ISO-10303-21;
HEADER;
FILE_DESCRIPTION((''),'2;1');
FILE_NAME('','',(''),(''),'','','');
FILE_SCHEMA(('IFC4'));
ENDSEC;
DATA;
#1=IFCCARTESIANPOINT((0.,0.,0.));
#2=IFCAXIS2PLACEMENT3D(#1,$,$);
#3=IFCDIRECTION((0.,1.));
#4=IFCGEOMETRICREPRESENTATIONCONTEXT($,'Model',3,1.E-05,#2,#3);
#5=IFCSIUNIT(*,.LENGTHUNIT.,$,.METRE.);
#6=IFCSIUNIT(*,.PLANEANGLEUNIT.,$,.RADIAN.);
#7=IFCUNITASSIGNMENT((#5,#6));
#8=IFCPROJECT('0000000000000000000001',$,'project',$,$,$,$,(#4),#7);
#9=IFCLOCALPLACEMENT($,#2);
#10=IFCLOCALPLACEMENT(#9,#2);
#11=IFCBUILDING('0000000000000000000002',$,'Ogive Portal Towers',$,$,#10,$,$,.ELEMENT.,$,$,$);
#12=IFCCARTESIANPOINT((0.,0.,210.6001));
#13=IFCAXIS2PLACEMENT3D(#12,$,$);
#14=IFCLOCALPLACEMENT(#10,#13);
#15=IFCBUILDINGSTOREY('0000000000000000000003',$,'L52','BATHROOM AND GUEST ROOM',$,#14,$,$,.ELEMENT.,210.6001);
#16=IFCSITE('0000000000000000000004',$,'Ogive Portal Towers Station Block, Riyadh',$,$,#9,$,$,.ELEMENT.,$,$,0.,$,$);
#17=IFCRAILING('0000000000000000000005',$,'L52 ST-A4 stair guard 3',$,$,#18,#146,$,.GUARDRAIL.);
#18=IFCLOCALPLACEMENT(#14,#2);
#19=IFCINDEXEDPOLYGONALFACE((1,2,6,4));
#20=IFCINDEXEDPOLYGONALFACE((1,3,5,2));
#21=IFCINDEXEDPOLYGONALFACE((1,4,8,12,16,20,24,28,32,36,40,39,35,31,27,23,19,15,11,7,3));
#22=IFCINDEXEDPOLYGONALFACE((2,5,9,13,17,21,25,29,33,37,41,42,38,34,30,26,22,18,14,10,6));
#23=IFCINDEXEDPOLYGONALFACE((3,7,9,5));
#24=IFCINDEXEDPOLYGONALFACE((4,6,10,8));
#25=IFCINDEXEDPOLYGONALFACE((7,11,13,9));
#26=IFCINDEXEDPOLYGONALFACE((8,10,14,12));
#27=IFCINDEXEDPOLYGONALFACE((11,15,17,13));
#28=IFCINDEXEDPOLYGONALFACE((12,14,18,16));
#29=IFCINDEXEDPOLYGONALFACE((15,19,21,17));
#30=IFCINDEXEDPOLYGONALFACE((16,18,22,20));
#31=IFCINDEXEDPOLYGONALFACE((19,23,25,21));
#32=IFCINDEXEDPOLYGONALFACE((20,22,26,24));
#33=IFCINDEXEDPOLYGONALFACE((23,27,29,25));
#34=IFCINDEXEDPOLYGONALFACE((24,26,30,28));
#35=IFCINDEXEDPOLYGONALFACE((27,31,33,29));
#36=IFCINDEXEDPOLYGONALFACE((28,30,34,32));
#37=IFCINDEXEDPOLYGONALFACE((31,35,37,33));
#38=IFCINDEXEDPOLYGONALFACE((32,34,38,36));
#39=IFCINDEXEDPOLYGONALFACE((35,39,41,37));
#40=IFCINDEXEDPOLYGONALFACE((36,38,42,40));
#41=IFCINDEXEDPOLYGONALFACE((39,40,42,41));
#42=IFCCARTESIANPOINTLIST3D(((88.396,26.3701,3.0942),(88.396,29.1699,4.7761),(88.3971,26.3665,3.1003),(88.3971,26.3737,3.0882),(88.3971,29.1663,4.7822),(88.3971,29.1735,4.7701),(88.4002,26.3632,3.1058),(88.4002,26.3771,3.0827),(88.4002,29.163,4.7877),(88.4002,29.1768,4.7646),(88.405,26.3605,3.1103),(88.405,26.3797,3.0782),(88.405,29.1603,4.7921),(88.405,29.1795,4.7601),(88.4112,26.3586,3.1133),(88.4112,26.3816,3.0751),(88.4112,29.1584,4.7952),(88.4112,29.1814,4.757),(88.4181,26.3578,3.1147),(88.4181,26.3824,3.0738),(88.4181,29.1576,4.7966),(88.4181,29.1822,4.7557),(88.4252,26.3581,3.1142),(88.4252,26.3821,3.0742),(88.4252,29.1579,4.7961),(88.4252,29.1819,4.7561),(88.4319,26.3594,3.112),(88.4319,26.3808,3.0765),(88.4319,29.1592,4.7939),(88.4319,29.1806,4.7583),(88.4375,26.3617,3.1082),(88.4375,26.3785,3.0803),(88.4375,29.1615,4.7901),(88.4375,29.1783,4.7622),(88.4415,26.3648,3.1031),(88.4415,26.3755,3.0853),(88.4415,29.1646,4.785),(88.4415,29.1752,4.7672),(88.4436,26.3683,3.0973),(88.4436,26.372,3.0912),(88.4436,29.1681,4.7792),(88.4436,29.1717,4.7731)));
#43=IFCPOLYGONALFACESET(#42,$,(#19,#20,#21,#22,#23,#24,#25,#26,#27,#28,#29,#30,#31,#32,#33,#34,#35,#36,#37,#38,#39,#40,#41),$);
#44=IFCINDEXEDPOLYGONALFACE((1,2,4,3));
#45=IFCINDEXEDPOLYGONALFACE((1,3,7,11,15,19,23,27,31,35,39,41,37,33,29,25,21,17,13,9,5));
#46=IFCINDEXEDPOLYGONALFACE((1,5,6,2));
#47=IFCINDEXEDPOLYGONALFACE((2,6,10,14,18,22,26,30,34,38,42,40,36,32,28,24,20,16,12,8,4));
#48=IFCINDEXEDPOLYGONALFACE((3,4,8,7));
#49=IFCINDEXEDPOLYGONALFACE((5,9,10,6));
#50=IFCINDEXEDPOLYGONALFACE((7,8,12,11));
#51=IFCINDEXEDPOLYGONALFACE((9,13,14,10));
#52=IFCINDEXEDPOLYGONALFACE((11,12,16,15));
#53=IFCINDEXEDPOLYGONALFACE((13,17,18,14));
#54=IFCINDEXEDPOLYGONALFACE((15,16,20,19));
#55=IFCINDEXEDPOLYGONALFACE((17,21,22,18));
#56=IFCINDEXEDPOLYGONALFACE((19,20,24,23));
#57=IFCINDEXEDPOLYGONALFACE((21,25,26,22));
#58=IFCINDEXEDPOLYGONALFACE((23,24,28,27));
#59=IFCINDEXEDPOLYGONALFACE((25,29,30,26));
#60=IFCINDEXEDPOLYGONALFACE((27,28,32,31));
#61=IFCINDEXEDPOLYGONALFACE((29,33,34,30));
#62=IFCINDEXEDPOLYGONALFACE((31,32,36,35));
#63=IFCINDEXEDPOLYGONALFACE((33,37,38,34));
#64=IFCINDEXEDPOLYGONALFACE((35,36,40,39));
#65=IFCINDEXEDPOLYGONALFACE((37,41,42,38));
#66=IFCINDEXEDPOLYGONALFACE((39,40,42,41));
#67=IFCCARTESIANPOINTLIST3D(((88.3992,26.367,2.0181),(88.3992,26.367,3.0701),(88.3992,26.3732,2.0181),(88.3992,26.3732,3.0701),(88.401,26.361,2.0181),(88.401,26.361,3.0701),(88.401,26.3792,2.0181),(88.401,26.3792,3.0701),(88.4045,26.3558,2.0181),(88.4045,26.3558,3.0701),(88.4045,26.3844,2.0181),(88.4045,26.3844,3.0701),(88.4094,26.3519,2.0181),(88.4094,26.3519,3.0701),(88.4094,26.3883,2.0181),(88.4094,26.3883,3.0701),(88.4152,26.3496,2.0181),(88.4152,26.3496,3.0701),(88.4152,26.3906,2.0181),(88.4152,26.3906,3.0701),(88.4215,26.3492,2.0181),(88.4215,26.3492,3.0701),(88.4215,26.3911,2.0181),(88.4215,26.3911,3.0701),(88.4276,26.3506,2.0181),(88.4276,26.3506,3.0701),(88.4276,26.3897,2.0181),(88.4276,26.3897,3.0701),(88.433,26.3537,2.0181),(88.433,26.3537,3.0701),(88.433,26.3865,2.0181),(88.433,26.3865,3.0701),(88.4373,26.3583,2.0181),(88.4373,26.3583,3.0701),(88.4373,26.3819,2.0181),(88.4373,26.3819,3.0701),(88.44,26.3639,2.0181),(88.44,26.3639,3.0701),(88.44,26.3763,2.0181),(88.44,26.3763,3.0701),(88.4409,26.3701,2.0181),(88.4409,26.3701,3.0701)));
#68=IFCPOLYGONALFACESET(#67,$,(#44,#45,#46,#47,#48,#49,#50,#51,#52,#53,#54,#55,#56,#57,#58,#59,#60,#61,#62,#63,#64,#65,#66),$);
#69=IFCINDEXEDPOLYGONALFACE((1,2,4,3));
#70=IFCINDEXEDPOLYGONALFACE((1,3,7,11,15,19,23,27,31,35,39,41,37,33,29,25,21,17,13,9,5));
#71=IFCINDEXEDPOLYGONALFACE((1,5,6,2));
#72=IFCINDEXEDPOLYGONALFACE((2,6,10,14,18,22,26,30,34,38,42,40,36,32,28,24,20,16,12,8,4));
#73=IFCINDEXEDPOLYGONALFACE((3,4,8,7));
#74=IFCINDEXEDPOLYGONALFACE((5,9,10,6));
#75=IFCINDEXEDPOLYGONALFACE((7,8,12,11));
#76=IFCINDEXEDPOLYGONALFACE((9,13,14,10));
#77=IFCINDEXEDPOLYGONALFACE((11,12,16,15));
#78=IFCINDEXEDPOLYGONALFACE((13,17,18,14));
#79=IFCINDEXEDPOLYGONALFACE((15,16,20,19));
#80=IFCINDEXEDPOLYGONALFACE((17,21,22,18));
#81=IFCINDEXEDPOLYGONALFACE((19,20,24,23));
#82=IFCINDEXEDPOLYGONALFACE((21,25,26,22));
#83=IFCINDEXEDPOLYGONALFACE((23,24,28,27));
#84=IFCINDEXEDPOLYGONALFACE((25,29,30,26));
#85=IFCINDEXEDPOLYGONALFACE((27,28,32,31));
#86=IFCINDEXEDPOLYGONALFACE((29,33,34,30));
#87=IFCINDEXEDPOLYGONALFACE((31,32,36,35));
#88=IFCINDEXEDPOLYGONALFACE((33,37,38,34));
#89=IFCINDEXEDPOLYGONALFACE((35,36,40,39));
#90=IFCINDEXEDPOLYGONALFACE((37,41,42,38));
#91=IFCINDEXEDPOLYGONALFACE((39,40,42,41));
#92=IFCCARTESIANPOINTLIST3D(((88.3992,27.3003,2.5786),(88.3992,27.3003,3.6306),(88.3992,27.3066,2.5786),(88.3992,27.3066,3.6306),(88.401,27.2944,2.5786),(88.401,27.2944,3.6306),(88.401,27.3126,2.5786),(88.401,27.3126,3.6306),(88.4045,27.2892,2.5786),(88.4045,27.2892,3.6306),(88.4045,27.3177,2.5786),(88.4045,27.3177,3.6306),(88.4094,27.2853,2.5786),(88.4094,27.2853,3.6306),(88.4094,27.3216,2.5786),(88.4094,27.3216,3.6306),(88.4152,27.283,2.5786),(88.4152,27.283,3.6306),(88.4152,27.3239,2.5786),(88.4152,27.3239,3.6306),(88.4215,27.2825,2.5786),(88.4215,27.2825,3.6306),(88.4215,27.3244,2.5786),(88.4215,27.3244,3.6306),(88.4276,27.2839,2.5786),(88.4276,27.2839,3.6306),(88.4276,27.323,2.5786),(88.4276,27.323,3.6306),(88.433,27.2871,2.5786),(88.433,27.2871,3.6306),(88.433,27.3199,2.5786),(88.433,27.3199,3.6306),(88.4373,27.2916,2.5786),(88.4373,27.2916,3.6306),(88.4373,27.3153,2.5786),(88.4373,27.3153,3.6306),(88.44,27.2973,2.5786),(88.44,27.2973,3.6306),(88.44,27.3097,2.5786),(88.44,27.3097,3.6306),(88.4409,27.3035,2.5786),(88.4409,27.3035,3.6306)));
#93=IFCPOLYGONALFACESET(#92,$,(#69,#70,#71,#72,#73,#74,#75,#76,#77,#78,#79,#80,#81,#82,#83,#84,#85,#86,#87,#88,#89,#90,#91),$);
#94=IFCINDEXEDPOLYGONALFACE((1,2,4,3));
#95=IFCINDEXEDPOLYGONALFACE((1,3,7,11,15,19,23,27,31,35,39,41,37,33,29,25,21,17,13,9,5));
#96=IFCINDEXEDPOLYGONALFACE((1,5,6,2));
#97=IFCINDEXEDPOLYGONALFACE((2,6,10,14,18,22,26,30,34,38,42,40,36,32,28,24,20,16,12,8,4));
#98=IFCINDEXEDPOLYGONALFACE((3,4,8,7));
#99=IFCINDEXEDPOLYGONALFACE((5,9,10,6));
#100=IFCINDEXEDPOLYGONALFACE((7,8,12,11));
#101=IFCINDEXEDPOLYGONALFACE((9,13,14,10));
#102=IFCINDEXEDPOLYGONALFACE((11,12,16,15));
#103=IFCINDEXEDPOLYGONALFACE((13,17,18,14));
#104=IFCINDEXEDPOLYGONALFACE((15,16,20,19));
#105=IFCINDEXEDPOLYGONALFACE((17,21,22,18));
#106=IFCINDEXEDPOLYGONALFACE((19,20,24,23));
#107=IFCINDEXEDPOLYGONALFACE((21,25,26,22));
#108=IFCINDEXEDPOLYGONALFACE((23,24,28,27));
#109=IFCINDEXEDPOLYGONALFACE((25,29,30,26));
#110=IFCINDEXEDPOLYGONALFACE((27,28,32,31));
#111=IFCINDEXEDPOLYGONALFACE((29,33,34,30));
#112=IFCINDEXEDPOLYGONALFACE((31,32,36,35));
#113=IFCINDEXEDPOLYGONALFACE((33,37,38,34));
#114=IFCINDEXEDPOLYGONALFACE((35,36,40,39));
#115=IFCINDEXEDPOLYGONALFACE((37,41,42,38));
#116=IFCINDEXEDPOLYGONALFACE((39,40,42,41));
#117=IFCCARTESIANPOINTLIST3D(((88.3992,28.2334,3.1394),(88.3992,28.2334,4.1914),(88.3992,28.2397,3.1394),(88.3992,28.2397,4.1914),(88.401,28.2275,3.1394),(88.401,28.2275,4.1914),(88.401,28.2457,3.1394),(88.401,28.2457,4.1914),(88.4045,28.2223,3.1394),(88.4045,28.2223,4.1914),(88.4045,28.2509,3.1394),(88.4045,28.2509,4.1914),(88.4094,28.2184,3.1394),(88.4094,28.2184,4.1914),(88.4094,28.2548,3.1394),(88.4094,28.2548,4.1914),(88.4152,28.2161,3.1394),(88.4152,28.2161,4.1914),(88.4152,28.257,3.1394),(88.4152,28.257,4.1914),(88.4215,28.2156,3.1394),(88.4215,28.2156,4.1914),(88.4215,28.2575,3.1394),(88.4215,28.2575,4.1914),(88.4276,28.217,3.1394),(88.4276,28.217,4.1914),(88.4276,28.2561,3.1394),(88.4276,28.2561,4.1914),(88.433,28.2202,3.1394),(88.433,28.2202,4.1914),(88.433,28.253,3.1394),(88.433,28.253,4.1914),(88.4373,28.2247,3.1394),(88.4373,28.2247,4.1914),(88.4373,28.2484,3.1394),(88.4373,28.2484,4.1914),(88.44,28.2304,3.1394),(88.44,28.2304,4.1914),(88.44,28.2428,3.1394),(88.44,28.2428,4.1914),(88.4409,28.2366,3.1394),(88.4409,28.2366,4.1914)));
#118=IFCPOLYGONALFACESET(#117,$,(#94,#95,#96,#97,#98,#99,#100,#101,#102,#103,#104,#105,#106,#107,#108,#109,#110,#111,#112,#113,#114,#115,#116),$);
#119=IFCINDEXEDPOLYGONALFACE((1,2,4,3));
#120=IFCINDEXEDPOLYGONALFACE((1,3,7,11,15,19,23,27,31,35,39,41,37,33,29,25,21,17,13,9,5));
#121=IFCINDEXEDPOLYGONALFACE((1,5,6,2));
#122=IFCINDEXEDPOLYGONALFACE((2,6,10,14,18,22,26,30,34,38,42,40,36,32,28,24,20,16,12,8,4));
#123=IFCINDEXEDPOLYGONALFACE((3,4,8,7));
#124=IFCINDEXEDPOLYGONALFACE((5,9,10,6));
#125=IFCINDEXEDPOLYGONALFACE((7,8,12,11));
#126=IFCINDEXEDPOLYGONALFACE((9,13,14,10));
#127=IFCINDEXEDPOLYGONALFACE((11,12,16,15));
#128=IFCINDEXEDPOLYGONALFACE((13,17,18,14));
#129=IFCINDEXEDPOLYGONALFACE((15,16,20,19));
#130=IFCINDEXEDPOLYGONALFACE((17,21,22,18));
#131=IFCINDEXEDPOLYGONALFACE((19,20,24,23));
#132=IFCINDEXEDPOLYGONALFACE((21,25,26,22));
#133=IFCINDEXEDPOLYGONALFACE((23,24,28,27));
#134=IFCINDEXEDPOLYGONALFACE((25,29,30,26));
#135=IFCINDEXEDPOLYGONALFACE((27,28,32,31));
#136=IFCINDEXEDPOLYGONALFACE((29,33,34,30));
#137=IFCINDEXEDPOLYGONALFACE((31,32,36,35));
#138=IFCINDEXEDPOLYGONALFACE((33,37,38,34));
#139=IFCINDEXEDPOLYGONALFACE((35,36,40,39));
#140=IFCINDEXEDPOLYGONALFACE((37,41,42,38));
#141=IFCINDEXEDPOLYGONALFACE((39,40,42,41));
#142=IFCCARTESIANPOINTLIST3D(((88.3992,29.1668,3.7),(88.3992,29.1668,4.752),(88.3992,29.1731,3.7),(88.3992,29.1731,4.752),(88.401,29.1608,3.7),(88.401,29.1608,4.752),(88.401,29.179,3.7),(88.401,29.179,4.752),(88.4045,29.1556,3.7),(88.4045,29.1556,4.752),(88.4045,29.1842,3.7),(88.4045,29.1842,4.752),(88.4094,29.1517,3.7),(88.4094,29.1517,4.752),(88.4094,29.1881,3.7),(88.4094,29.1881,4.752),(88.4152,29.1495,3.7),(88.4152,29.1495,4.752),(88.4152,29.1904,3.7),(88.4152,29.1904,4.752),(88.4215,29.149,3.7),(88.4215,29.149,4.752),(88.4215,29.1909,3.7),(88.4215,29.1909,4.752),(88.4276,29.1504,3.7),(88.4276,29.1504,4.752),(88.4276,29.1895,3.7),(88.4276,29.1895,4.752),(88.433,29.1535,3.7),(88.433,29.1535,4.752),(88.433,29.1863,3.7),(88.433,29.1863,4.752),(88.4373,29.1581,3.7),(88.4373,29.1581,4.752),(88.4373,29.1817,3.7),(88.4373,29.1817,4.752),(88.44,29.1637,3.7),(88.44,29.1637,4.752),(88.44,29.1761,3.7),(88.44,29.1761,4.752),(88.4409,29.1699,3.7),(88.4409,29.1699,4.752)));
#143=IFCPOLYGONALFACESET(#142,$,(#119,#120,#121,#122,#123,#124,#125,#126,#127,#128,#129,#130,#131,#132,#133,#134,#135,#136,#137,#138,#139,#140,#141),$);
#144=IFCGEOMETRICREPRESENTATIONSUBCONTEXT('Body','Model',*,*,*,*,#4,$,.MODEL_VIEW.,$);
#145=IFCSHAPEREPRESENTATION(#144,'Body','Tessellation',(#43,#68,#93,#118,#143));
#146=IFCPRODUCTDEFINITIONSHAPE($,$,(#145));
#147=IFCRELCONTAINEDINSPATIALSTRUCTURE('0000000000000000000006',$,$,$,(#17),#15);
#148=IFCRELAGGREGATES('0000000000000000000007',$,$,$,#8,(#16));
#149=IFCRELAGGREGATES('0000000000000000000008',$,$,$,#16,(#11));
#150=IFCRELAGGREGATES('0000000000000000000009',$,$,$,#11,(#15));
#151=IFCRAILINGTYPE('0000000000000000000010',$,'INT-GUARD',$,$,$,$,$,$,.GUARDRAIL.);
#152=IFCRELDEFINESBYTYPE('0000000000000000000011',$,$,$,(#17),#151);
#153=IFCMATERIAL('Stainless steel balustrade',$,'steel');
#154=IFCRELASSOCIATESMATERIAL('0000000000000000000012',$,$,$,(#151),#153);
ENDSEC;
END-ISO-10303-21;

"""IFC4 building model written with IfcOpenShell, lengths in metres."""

from ifc_helpers import new_model, si_unit, direction, frame, origin, origin_2d, place, context, subcontext, project, spatial, circle, extrude, material, type_object, element, save


model = new_model("IFC4")

# Units and contexts
model_context = context("Model", 3, precision=1e-05, world=origin(), true_north=direction((0.0, 1.0)))
body_context = subcontext(model_context, "Body", "Model", "MODEL_VIEW")
ifc_project = project(units=[si_unit("LENGTHUNIT", "METRE"), si_unit("PLANEANGLEUNIT", "RADIAN")], contexts=[model_context])

# Site, building, storey
site_placement = place(None, origin())
site = spatial("IfcSite", under=ifc_project, at=site_placement, Name="Ogive Portal Towers Station Block, Riyadh", CompositionType="ELEMENT", RefElevation=0.0)
building_placement = place(site_placement, origin())
building = spatial("IfcBuilding", under=site, at=building_placement, Name="Ogive Portal Towers", CompositionType="ELEMENT")
storey_placement = place(building_placement, frame((0.0, 0.0, 210.6001)))
storey = spatial("IfcBuildingStorey", under=building, at=storey_placement, Name="L52", Description="BATHROOM AND GUEST ROOM", CompositionType="ELEMENT", Elevation=210.6001)

# Railing
ifc_material_1 = material(Name="Stainless steel balustrade", Category="steel")
railing_type_1 = type_object("IfcRailingType", Name="INT-GUARD", PredefinedType="GUARDRAIL", material=ifc_material_1)
railing_1_placement = place(storey_placement, frame((88.4199, 26.3701, 2.0181)))
element("IfcRailing", 1, at=railing_1_placement, inside=storey, type_object=railing_type_1, Name="L52 ST-A4 stair guard 3", PredefinedType="GUARDRAIL", context=body_context, shape_type="SweptSolid", body=[
    extrude(circle(Radius=0.0239, at=origin_2d()), frame((0.0, 0.0, 1.0762), z_axis=(0.0, 0.857222, 0.514946), x_axis=(-1.0, 0.0, 0.0)), (0.0, 0.0, 1.0), 3.2661),
    extrude(circle(Radius=0.021, at=origin_2d()), origin(), (0.0, 0.0, 1.0), 1.052),
    extrude(circle(Radius=0.021, at=origin_2d()), frame((0.0, 0.9333, 0.5605)), (0.0, 0.0, 1.0), 1.052),
    extrude(circle(Radius=0.021, at=origin_2d()), frame((0.0, 1.8665, 1.1213)), (0.0, 0.0, 1.0), 1.052),
    extrude(circle(Radius=0.021, at=origin_2d()), frame((0.0, 2.7998, 1.6819)), (0.0, 0.0, 1.0), 1.052),
])

save(model, "model.ifc")
